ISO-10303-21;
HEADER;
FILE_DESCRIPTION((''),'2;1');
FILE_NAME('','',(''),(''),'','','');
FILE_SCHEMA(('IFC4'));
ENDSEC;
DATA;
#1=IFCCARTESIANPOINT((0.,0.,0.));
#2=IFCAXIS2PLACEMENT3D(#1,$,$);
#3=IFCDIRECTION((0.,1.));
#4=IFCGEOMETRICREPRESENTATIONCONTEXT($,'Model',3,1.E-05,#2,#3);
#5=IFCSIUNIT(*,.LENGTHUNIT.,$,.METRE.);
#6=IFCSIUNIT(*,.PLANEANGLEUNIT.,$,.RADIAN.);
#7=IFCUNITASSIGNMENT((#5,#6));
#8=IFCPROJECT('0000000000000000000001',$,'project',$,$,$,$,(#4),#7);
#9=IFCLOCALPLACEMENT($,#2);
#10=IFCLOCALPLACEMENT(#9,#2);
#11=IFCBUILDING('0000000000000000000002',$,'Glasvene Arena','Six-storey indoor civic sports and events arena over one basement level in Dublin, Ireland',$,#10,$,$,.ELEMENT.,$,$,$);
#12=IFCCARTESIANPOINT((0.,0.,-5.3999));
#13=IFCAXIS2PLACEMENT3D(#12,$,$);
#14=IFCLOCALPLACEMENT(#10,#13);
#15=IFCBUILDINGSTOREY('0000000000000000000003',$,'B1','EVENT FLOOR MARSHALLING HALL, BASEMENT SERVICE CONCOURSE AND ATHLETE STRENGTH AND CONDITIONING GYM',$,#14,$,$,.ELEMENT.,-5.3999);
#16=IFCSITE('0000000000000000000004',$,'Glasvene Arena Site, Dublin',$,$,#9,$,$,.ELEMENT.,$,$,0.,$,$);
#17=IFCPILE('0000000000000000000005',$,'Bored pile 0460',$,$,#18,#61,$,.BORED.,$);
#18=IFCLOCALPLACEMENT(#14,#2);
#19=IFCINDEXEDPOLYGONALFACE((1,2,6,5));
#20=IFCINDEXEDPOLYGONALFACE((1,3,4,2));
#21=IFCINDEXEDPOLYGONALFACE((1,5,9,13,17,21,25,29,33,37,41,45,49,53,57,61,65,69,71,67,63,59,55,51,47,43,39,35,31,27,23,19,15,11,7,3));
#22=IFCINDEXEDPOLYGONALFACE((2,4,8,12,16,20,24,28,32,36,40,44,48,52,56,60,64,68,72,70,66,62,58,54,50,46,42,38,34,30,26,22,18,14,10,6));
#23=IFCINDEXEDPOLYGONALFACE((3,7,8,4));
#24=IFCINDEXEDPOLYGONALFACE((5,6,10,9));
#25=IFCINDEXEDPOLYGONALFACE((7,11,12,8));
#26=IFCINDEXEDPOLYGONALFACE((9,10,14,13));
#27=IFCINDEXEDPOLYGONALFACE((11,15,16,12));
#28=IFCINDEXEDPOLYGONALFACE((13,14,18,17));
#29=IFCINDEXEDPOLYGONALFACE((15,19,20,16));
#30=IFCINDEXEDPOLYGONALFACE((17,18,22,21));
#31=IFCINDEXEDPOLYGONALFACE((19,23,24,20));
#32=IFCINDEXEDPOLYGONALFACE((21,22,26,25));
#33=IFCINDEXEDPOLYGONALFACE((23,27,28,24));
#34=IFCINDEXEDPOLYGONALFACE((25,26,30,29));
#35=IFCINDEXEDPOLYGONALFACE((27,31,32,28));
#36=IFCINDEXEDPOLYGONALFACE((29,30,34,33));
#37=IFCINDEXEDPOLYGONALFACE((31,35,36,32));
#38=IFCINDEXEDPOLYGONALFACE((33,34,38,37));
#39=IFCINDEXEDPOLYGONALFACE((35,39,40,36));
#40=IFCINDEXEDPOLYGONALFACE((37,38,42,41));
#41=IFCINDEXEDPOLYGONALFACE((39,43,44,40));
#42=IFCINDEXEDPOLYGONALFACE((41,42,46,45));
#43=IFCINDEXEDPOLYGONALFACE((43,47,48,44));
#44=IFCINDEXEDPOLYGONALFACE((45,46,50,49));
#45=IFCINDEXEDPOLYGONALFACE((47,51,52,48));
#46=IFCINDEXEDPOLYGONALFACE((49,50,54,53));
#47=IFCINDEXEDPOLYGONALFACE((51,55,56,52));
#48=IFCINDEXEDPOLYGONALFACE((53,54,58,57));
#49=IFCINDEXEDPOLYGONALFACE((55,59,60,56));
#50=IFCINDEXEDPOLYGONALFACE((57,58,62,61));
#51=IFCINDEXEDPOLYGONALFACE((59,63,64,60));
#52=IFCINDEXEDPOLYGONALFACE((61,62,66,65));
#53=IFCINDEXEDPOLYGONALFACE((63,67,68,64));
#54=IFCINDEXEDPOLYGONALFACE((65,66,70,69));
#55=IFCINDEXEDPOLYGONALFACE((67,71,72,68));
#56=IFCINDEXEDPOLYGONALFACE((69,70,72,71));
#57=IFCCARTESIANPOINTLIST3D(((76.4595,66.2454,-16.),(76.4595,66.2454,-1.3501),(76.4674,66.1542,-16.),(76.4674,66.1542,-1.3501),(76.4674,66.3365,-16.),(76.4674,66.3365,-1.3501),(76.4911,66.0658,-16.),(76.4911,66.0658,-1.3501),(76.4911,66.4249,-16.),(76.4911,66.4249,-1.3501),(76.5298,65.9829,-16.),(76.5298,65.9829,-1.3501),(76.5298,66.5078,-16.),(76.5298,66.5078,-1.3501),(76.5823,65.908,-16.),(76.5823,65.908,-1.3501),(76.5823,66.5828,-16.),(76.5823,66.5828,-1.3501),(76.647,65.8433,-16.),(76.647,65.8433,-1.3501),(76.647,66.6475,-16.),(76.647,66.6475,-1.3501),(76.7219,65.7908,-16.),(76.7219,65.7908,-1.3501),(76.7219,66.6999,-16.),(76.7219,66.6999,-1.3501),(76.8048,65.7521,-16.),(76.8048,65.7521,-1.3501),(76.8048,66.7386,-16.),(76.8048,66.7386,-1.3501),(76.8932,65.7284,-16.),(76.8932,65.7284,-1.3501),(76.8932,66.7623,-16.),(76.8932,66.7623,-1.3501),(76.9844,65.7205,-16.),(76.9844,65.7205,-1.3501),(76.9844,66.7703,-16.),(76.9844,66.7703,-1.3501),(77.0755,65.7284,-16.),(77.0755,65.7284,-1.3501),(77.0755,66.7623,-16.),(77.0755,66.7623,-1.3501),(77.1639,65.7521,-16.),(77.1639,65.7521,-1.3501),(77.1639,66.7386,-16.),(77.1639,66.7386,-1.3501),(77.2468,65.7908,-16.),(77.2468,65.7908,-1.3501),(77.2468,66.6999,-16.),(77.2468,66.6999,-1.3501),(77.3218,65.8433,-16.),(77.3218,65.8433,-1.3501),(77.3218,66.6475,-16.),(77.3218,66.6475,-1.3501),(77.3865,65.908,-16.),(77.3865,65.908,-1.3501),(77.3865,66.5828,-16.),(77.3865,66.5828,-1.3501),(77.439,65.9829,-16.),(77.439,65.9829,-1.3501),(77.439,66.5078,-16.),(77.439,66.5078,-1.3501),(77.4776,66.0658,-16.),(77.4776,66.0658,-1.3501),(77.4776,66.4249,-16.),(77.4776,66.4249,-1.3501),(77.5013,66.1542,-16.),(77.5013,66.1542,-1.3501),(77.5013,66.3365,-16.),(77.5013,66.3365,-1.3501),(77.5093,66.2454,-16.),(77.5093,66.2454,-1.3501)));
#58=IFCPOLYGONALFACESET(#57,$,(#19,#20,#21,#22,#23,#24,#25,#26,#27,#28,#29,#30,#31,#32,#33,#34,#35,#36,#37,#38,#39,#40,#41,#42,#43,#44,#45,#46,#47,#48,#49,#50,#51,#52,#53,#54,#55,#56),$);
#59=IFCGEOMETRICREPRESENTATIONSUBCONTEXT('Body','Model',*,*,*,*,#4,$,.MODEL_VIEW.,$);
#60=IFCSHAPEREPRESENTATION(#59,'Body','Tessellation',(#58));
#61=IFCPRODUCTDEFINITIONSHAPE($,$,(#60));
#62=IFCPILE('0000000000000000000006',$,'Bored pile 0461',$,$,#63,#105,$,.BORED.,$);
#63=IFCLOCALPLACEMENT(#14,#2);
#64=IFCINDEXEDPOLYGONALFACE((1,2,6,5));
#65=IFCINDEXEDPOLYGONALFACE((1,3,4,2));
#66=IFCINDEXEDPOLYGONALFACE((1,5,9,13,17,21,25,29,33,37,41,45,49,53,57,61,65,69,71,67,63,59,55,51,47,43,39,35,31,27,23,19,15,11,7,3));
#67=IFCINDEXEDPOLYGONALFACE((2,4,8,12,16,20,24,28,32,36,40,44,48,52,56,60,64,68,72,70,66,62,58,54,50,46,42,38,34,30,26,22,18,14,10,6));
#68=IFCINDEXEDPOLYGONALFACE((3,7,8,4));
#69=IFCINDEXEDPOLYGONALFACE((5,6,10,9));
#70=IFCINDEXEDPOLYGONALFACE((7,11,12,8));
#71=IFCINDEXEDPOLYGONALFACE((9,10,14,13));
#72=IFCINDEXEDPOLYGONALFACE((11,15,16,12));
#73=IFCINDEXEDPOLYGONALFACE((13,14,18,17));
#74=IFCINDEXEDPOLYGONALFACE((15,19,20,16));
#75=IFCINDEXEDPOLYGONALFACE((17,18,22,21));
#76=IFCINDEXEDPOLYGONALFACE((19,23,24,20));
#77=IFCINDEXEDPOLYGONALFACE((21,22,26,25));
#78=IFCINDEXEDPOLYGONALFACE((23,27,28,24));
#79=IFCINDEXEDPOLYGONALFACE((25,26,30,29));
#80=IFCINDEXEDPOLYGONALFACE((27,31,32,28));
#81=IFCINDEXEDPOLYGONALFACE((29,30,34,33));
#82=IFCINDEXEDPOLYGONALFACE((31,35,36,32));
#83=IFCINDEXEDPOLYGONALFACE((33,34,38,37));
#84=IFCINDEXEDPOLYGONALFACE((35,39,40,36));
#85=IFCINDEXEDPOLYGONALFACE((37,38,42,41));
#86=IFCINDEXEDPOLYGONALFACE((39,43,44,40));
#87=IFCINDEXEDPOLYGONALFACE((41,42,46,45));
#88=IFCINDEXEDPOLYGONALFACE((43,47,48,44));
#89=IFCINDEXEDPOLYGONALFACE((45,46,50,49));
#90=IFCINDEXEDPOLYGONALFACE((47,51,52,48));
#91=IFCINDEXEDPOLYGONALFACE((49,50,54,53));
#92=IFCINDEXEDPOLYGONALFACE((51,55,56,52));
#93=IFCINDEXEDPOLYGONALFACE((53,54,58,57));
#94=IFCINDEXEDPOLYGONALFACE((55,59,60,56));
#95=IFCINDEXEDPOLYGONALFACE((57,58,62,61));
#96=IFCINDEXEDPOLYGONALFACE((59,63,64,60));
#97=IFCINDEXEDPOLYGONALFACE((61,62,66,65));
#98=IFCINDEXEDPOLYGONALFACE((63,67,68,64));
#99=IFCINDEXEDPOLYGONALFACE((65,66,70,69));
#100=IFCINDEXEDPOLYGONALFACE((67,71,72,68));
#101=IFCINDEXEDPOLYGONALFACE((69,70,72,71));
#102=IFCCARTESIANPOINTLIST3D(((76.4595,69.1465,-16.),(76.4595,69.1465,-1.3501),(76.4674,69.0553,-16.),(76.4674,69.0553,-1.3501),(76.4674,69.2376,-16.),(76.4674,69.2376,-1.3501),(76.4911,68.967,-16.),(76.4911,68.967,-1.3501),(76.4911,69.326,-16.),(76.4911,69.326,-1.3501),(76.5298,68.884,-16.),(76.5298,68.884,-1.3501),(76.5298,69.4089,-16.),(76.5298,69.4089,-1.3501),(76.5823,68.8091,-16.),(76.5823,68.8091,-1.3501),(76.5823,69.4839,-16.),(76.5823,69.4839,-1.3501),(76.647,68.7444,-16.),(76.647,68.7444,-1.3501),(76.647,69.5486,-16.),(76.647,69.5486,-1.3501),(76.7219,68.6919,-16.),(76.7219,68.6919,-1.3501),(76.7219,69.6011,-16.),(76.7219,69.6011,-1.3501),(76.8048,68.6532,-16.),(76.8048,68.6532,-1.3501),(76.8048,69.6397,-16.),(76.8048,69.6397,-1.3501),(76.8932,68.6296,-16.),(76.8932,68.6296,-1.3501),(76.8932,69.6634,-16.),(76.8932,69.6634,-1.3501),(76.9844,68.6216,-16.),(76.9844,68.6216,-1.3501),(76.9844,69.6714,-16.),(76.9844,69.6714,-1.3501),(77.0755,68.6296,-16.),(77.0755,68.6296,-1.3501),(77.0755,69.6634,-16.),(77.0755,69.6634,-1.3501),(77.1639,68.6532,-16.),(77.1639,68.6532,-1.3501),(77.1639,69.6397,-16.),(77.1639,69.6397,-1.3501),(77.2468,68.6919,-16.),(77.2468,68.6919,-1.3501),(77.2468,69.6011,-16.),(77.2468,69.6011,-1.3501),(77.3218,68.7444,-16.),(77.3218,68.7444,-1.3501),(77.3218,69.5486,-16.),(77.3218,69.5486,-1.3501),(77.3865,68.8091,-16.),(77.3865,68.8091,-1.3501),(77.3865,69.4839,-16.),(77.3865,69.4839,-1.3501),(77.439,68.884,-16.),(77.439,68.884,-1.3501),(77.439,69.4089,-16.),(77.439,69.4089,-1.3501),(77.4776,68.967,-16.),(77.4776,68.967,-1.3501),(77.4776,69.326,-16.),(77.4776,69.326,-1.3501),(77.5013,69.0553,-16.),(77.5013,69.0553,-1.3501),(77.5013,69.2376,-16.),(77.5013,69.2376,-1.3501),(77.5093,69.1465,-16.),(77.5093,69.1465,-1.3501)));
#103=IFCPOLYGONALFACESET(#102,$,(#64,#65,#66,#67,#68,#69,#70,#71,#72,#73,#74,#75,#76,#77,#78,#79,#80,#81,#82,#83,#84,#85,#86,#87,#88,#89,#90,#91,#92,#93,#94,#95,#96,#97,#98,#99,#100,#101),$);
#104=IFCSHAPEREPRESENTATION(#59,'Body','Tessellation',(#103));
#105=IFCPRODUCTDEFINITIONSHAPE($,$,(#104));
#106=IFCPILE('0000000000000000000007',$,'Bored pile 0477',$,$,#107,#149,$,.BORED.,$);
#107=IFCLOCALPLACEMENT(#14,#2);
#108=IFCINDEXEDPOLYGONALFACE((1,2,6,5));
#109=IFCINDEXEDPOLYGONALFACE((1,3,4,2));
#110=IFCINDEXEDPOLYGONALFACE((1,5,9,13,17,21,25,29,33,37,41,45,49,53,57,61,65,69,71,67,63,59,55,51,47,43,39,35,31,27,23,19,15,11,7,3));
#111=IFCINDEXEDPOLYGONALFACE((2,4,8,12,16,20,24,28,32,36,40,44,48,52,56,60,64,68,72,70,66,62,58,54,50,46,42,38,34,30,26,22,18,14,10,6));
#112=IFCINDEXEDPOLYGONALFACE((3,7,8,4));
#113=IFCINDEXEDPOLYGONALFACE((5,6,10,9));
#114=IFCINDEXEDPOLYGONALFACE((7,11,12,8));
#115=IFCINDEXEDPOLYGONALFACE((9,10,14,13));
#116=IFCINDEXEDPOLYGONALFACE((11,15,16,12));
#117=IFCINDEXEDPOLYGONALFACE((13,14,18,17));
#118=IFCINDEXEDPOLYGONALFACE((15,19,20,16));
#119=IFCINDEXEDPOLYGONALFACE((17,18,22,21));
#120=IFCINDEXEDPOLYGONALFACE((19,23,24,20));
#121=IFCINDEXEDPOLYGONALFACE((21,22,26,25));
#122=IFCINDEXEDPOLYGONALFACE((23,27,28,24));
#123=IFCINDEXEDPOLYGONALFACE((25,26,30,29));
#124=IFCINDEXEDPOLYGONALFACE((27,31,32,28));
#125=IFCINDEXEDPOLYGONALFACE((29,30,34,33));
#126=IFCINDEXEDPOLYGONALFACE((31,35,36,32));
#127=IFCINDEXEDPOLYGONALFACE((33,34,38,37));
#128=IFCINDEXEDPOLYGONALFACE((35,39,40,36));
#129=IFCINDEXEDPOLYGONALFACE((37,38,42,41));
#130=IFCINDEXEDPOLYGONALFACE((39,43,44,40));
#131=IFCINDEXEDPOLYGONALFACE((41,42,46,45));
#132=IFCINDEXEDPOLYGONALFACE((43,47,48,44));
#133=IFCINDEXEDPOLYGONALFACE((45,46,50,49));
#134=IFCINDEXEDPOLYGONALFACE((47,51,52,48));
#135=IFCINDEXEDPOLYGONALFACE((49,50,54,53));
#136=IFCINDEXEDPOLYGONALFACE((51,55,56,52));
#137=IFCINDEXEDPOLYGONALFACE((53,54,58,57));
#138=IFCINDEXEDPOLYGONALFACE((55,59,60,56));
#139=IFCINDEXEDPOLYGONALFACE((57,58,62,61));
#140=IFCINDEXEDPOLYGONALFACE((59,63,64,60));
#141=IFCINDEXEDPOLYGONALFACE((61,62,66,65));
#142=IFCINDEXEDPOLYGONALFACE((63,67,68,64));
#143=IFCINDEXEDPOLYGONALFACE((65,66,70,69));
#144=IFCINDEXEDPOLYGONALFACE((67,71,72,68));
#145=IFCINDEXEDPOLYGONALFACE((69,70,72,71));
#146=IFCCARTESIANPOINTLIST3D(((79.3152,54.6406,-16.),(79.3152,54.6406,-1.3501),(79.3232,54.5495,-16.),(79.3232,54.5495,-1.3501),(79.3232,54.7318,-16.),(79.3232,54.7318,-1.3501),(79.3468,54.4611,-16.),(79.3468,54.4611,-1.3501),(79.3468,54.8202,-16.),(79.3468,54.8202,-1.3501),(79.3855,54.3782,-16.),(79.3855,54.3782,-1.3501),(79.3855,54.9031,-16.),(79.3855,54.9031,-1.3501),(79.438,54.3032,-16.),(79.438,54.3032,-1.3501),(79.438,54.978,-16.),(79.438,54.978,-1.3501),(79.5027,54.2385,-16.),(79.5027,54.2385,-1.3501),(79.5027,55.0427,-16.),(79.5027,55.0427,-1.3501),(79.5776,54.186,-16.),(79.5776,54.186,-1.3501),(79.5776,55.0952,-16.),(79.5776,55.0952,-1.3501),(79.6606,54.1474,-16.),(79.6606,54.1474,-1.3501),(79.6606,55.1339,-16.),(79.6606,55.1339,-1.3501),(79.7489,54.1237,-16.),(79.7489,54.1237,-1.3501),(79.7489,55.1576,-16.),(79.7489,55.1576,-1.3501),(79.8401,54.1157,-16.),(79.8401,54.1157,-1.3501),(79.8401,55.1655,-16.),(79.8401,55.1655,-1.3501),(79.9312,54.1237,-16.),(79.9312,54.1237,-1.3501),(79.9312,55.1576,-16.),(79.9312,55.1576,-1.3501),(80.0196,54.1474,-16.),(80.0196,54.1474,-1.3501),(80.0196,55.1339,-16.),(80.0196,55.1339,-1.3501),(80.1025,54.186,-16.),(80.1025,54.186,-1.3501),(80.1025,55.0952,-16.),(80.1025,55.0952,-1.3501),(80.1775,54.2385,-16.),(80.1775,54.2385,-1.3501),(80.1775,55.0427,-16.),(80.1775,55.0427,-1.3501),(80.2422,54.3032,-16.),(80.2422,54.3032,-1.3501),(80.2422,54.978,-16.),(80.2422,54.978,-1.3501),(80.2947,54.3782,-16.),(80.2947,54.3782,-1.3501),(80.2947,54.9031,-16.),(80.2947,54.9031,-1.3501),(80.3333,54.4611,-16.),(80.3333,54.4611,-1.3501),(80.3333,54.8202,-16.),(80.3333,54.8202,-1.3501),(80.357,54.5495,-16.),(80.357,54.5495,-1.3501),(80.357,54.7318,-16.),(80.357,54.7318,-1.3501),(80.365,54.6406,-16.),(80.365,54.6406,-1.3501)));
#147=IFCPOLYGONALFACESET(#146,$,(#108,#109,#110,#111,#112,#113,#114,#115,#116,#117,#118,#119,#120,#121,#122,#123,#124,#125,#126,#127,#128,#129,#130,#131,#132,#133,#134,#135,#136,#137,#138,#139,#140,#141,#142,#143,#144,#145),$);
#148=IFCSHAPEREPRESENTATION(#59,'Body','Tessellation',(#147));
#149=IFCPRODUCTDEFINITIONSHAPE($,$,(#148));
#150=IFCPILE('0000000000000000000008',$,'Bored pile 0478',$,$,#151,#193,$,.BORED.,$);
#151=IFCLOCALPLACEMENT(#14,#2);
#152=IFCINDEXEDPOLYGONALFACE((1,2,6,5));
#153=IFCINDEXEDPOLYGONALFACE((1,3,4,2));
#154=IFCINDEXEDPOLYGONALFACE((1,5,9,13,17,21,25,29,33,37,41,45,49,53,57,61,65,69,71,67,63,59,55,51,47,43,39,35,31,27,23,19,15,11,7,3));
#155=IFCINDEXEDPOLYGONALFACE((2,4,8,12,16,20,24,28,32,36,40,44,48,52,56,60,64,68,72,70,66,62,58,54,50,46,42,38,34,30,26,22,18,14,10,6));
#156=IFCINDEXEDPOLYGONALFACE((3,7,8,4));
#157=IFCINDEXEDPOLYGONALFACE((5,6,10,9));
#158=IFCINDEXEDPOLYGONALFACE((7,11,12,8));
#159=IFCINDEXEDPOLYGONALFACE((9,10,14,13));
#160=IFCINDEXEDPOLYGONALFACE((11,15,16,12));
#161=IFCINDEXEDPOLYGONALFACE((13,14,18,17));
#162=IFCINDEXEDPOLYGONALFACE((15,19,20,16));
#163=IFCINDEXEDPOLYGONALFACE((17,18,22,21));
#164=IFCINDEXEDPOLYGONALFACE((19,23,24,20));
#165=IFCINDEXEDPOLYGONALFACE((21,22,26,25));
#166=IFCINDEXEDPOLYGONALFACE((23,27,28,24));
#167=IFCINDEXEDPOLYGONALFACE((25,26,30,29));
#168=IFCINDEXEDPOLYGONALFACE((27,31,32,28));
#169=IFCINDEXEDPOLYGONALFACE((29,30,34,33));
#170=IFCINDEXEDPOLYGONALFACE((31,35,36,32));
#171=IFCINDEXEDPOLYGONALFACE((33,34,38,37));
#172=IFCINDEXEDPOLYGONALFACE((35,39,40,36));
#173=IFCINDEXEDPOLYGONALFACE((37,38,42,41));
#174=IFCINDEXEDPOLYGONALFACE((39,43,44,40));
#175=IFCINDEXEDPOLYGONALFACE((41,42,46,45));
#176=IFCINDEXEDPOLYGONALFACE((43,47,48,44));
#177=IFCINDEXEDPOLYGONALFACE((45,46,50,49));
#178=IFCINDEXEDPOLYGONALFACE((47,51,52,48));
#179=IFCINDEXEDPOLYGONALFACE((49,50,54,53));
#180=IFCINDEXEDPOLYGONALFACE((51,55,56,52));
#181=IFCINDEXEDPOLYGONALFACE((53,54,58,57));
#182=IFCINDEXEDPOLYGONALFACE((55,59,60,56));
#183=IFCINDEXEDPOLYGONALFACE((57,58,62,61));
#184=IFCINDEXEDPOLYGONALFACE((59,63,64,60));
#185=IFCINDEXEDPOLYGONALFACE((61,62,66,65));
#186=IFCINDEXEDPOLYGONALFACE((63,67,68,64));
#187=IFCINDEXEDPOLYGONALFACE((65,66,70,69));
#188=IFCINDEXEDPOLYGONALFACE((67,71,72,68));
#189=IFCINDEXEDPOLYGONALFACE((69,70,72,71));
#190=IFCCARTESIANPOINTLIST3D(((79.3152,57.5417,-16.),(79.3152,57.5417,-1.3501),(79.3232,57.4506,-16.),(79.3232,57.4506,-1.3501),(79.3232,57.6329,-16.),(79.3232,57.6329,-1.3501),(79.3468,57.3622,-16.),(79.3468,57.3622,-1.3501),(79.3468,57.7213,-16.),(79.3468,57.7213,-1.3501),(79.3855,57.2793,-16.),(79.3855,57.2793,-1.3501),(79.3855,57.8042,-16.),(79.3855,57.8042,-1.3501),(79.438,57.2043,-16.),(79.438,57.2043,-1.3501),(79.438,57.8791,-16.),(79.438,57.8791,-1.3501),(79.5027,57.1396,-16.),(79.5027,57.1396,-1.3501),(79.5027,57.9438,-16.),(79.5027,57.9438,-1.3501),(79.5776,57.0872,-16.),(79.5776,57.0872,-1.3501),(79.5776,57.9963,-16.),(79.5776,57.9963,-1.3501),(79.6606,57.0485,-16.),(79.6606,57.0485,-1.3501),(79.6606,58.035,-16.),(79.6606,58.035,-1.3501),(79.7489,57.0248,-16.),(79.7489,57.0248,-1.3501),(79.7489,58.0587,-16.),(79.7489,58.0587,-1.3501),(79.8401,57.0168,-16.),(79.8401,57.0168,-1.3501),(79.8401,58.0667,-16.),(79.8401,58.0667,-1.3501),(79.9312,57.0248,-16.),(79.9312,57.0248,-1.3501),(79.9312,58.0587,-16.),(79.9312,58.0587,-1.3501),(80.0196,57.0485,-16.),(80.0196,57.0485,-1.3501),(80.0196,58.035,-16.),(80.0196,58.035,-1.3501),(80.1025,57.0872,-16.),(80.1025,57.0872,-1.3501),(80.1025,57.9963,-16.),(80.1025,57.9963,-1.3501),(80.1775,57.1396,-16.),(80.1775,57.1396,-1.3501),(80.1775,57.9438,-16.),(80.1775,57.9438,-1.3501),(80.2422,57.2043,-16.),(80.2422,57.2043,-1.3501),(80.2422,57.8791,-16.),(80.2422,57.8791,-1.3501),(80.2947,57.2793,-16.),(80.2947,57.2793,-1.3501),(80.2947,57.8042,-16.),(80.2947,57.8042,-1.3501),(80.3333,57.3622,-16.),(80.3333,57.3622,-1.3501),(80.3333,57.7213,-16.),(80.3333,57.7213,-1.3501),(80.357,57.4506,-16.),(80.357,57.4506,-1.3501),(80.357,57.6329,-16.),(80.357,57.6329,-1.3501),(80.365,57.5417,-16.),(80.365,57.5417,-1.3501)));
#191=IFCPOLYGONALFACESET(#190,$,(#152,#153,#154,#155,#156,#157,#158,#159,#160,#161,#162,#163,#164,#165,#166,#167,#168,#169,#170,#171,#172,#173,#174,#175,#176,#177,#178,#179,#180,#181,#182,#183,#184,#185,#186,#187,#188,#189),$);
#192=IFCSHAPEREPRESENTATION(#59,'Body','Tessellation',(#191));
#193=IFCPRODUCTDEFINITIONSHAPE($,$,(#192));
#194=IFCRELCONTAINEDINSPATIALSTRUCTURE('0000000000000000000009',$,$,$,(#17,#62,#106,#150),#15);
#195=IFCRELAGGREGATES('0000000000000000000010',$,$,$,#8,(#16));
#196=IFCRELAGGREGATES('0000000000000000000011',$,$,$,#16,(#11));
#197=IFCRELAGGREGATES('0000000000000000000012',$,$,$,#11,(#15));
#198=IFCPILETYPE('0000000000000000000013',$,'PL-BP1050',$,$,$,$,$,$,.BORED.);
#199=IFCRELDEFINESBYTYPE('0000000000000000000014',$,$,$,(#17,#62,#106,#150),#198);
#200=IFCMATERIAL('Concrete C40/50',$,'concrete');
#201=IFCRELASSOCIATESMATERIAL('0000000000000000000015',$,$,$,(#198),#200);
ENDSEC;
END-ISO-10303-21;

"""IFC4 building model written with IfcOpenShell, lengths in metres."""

from ifc_helpers import new_model, si_unit, direction, frame, origin, origin_2d, place, context, subcontext, project, spatial, circle, extrude, material, material_profile, profile_set, type_object, element, save


model = new_model("IFC4")

# Units and contexts
model_context = context("Model", 3, precision=1e-05, world=origin(), true_north=direction((0.0, 1.0)))
body_context = subcontext(model_context, "Body", "Model", "MODEL_VIEW")
ifc_project = project(units=[si_unit("LENGTHUNIT", "METRE"), si_unit("PLANEANGLEUNIT", "RADIAN")], contexts=[model_context])

# Site, building, storey
site_placement = place(None, origin())
site = spatial("IfcSite", under=ifc_project, at=site_placement, Name="Glasvene Arena Site, Dublin", CompositionType="ELEMENT", RefElevation=0.0)
building_placement = place(site_placement, origin())
building = spatial("IfcBuilding", under=site, at=building_placement, Name="Glasvene Arena", Description="Six-storey indoor civic sports and events arena over one basement level in Dublin, Ireland", CompositionType="ELEMENT")
storey_placement = place(building_placement, frame((0.0, 0.0, -5.3999)))
storey = spatial("IfcBuildingStorey", under=building, at=storey_placement, Name="B1", Description="EVENT FLOOR MARSHALLING HALL, BASEMENT SERVICE CONCOURSE AND ATHLETE STRENGTH AND CONDITIONING GYM", CompositionType="ELEMENT", Elevation=-5.3999)

# Piles
ifc_material_1 = material(Name="Concrete C40/50", Category="concrete")
ifc_material_profile_1 = material_profile(ifc_material_1, circle(Radius=0.5249, at=origin_2d()), Name="BORED PILE 1050")
ifc_profile_set_1 = profile_set([ifc_material_profile_1], Name="Concrete C40/50")
pile_type = type_object("IfcPileType", Name="PL-BP1050", PredefinedType="BORED", material=ifc_profile_set_1)
for number, where, z_axis, x_axis, name in (
    (1, (76.9844, 66.2454, -1.3501), (0.0, 0.0, -1.0), (1.0, 0.0, 0.0), "Bored pile 0460"),
    (2, (76.9844, 69.1465, -1.3501), (0.0, 0.0, -1.0), (1.0, 0.0, 0.0), "Bored pile 0461"),
    (3, (79.8401, 54.6406, -1.3501), (0.0, 0.0, -1.0), (1.0, 0.0, 0.0), "Bored pile 0477"),
    (4, (79.8401, 57.5417, -1.3501), (0.0, 0.0, -1.0), (1.0, 0.0, 0.0), "Bored pile 0478"),
):
    element("IfcPile", number, at=place(storey_placement, frame(where, z_axis=z_axis, x_axis=x_axis)), inside=storey, type_object=pile_type, Name=name, PredefinedType="BORED", context=body_context, shape_type="SweptSolid", body=[
        extrude(circle(Radius=0.5249, at=origin_2d()), origin(), (0.0, 0.0, 1.0), 14.6499),
    ])

save(model, "model.ifc")
